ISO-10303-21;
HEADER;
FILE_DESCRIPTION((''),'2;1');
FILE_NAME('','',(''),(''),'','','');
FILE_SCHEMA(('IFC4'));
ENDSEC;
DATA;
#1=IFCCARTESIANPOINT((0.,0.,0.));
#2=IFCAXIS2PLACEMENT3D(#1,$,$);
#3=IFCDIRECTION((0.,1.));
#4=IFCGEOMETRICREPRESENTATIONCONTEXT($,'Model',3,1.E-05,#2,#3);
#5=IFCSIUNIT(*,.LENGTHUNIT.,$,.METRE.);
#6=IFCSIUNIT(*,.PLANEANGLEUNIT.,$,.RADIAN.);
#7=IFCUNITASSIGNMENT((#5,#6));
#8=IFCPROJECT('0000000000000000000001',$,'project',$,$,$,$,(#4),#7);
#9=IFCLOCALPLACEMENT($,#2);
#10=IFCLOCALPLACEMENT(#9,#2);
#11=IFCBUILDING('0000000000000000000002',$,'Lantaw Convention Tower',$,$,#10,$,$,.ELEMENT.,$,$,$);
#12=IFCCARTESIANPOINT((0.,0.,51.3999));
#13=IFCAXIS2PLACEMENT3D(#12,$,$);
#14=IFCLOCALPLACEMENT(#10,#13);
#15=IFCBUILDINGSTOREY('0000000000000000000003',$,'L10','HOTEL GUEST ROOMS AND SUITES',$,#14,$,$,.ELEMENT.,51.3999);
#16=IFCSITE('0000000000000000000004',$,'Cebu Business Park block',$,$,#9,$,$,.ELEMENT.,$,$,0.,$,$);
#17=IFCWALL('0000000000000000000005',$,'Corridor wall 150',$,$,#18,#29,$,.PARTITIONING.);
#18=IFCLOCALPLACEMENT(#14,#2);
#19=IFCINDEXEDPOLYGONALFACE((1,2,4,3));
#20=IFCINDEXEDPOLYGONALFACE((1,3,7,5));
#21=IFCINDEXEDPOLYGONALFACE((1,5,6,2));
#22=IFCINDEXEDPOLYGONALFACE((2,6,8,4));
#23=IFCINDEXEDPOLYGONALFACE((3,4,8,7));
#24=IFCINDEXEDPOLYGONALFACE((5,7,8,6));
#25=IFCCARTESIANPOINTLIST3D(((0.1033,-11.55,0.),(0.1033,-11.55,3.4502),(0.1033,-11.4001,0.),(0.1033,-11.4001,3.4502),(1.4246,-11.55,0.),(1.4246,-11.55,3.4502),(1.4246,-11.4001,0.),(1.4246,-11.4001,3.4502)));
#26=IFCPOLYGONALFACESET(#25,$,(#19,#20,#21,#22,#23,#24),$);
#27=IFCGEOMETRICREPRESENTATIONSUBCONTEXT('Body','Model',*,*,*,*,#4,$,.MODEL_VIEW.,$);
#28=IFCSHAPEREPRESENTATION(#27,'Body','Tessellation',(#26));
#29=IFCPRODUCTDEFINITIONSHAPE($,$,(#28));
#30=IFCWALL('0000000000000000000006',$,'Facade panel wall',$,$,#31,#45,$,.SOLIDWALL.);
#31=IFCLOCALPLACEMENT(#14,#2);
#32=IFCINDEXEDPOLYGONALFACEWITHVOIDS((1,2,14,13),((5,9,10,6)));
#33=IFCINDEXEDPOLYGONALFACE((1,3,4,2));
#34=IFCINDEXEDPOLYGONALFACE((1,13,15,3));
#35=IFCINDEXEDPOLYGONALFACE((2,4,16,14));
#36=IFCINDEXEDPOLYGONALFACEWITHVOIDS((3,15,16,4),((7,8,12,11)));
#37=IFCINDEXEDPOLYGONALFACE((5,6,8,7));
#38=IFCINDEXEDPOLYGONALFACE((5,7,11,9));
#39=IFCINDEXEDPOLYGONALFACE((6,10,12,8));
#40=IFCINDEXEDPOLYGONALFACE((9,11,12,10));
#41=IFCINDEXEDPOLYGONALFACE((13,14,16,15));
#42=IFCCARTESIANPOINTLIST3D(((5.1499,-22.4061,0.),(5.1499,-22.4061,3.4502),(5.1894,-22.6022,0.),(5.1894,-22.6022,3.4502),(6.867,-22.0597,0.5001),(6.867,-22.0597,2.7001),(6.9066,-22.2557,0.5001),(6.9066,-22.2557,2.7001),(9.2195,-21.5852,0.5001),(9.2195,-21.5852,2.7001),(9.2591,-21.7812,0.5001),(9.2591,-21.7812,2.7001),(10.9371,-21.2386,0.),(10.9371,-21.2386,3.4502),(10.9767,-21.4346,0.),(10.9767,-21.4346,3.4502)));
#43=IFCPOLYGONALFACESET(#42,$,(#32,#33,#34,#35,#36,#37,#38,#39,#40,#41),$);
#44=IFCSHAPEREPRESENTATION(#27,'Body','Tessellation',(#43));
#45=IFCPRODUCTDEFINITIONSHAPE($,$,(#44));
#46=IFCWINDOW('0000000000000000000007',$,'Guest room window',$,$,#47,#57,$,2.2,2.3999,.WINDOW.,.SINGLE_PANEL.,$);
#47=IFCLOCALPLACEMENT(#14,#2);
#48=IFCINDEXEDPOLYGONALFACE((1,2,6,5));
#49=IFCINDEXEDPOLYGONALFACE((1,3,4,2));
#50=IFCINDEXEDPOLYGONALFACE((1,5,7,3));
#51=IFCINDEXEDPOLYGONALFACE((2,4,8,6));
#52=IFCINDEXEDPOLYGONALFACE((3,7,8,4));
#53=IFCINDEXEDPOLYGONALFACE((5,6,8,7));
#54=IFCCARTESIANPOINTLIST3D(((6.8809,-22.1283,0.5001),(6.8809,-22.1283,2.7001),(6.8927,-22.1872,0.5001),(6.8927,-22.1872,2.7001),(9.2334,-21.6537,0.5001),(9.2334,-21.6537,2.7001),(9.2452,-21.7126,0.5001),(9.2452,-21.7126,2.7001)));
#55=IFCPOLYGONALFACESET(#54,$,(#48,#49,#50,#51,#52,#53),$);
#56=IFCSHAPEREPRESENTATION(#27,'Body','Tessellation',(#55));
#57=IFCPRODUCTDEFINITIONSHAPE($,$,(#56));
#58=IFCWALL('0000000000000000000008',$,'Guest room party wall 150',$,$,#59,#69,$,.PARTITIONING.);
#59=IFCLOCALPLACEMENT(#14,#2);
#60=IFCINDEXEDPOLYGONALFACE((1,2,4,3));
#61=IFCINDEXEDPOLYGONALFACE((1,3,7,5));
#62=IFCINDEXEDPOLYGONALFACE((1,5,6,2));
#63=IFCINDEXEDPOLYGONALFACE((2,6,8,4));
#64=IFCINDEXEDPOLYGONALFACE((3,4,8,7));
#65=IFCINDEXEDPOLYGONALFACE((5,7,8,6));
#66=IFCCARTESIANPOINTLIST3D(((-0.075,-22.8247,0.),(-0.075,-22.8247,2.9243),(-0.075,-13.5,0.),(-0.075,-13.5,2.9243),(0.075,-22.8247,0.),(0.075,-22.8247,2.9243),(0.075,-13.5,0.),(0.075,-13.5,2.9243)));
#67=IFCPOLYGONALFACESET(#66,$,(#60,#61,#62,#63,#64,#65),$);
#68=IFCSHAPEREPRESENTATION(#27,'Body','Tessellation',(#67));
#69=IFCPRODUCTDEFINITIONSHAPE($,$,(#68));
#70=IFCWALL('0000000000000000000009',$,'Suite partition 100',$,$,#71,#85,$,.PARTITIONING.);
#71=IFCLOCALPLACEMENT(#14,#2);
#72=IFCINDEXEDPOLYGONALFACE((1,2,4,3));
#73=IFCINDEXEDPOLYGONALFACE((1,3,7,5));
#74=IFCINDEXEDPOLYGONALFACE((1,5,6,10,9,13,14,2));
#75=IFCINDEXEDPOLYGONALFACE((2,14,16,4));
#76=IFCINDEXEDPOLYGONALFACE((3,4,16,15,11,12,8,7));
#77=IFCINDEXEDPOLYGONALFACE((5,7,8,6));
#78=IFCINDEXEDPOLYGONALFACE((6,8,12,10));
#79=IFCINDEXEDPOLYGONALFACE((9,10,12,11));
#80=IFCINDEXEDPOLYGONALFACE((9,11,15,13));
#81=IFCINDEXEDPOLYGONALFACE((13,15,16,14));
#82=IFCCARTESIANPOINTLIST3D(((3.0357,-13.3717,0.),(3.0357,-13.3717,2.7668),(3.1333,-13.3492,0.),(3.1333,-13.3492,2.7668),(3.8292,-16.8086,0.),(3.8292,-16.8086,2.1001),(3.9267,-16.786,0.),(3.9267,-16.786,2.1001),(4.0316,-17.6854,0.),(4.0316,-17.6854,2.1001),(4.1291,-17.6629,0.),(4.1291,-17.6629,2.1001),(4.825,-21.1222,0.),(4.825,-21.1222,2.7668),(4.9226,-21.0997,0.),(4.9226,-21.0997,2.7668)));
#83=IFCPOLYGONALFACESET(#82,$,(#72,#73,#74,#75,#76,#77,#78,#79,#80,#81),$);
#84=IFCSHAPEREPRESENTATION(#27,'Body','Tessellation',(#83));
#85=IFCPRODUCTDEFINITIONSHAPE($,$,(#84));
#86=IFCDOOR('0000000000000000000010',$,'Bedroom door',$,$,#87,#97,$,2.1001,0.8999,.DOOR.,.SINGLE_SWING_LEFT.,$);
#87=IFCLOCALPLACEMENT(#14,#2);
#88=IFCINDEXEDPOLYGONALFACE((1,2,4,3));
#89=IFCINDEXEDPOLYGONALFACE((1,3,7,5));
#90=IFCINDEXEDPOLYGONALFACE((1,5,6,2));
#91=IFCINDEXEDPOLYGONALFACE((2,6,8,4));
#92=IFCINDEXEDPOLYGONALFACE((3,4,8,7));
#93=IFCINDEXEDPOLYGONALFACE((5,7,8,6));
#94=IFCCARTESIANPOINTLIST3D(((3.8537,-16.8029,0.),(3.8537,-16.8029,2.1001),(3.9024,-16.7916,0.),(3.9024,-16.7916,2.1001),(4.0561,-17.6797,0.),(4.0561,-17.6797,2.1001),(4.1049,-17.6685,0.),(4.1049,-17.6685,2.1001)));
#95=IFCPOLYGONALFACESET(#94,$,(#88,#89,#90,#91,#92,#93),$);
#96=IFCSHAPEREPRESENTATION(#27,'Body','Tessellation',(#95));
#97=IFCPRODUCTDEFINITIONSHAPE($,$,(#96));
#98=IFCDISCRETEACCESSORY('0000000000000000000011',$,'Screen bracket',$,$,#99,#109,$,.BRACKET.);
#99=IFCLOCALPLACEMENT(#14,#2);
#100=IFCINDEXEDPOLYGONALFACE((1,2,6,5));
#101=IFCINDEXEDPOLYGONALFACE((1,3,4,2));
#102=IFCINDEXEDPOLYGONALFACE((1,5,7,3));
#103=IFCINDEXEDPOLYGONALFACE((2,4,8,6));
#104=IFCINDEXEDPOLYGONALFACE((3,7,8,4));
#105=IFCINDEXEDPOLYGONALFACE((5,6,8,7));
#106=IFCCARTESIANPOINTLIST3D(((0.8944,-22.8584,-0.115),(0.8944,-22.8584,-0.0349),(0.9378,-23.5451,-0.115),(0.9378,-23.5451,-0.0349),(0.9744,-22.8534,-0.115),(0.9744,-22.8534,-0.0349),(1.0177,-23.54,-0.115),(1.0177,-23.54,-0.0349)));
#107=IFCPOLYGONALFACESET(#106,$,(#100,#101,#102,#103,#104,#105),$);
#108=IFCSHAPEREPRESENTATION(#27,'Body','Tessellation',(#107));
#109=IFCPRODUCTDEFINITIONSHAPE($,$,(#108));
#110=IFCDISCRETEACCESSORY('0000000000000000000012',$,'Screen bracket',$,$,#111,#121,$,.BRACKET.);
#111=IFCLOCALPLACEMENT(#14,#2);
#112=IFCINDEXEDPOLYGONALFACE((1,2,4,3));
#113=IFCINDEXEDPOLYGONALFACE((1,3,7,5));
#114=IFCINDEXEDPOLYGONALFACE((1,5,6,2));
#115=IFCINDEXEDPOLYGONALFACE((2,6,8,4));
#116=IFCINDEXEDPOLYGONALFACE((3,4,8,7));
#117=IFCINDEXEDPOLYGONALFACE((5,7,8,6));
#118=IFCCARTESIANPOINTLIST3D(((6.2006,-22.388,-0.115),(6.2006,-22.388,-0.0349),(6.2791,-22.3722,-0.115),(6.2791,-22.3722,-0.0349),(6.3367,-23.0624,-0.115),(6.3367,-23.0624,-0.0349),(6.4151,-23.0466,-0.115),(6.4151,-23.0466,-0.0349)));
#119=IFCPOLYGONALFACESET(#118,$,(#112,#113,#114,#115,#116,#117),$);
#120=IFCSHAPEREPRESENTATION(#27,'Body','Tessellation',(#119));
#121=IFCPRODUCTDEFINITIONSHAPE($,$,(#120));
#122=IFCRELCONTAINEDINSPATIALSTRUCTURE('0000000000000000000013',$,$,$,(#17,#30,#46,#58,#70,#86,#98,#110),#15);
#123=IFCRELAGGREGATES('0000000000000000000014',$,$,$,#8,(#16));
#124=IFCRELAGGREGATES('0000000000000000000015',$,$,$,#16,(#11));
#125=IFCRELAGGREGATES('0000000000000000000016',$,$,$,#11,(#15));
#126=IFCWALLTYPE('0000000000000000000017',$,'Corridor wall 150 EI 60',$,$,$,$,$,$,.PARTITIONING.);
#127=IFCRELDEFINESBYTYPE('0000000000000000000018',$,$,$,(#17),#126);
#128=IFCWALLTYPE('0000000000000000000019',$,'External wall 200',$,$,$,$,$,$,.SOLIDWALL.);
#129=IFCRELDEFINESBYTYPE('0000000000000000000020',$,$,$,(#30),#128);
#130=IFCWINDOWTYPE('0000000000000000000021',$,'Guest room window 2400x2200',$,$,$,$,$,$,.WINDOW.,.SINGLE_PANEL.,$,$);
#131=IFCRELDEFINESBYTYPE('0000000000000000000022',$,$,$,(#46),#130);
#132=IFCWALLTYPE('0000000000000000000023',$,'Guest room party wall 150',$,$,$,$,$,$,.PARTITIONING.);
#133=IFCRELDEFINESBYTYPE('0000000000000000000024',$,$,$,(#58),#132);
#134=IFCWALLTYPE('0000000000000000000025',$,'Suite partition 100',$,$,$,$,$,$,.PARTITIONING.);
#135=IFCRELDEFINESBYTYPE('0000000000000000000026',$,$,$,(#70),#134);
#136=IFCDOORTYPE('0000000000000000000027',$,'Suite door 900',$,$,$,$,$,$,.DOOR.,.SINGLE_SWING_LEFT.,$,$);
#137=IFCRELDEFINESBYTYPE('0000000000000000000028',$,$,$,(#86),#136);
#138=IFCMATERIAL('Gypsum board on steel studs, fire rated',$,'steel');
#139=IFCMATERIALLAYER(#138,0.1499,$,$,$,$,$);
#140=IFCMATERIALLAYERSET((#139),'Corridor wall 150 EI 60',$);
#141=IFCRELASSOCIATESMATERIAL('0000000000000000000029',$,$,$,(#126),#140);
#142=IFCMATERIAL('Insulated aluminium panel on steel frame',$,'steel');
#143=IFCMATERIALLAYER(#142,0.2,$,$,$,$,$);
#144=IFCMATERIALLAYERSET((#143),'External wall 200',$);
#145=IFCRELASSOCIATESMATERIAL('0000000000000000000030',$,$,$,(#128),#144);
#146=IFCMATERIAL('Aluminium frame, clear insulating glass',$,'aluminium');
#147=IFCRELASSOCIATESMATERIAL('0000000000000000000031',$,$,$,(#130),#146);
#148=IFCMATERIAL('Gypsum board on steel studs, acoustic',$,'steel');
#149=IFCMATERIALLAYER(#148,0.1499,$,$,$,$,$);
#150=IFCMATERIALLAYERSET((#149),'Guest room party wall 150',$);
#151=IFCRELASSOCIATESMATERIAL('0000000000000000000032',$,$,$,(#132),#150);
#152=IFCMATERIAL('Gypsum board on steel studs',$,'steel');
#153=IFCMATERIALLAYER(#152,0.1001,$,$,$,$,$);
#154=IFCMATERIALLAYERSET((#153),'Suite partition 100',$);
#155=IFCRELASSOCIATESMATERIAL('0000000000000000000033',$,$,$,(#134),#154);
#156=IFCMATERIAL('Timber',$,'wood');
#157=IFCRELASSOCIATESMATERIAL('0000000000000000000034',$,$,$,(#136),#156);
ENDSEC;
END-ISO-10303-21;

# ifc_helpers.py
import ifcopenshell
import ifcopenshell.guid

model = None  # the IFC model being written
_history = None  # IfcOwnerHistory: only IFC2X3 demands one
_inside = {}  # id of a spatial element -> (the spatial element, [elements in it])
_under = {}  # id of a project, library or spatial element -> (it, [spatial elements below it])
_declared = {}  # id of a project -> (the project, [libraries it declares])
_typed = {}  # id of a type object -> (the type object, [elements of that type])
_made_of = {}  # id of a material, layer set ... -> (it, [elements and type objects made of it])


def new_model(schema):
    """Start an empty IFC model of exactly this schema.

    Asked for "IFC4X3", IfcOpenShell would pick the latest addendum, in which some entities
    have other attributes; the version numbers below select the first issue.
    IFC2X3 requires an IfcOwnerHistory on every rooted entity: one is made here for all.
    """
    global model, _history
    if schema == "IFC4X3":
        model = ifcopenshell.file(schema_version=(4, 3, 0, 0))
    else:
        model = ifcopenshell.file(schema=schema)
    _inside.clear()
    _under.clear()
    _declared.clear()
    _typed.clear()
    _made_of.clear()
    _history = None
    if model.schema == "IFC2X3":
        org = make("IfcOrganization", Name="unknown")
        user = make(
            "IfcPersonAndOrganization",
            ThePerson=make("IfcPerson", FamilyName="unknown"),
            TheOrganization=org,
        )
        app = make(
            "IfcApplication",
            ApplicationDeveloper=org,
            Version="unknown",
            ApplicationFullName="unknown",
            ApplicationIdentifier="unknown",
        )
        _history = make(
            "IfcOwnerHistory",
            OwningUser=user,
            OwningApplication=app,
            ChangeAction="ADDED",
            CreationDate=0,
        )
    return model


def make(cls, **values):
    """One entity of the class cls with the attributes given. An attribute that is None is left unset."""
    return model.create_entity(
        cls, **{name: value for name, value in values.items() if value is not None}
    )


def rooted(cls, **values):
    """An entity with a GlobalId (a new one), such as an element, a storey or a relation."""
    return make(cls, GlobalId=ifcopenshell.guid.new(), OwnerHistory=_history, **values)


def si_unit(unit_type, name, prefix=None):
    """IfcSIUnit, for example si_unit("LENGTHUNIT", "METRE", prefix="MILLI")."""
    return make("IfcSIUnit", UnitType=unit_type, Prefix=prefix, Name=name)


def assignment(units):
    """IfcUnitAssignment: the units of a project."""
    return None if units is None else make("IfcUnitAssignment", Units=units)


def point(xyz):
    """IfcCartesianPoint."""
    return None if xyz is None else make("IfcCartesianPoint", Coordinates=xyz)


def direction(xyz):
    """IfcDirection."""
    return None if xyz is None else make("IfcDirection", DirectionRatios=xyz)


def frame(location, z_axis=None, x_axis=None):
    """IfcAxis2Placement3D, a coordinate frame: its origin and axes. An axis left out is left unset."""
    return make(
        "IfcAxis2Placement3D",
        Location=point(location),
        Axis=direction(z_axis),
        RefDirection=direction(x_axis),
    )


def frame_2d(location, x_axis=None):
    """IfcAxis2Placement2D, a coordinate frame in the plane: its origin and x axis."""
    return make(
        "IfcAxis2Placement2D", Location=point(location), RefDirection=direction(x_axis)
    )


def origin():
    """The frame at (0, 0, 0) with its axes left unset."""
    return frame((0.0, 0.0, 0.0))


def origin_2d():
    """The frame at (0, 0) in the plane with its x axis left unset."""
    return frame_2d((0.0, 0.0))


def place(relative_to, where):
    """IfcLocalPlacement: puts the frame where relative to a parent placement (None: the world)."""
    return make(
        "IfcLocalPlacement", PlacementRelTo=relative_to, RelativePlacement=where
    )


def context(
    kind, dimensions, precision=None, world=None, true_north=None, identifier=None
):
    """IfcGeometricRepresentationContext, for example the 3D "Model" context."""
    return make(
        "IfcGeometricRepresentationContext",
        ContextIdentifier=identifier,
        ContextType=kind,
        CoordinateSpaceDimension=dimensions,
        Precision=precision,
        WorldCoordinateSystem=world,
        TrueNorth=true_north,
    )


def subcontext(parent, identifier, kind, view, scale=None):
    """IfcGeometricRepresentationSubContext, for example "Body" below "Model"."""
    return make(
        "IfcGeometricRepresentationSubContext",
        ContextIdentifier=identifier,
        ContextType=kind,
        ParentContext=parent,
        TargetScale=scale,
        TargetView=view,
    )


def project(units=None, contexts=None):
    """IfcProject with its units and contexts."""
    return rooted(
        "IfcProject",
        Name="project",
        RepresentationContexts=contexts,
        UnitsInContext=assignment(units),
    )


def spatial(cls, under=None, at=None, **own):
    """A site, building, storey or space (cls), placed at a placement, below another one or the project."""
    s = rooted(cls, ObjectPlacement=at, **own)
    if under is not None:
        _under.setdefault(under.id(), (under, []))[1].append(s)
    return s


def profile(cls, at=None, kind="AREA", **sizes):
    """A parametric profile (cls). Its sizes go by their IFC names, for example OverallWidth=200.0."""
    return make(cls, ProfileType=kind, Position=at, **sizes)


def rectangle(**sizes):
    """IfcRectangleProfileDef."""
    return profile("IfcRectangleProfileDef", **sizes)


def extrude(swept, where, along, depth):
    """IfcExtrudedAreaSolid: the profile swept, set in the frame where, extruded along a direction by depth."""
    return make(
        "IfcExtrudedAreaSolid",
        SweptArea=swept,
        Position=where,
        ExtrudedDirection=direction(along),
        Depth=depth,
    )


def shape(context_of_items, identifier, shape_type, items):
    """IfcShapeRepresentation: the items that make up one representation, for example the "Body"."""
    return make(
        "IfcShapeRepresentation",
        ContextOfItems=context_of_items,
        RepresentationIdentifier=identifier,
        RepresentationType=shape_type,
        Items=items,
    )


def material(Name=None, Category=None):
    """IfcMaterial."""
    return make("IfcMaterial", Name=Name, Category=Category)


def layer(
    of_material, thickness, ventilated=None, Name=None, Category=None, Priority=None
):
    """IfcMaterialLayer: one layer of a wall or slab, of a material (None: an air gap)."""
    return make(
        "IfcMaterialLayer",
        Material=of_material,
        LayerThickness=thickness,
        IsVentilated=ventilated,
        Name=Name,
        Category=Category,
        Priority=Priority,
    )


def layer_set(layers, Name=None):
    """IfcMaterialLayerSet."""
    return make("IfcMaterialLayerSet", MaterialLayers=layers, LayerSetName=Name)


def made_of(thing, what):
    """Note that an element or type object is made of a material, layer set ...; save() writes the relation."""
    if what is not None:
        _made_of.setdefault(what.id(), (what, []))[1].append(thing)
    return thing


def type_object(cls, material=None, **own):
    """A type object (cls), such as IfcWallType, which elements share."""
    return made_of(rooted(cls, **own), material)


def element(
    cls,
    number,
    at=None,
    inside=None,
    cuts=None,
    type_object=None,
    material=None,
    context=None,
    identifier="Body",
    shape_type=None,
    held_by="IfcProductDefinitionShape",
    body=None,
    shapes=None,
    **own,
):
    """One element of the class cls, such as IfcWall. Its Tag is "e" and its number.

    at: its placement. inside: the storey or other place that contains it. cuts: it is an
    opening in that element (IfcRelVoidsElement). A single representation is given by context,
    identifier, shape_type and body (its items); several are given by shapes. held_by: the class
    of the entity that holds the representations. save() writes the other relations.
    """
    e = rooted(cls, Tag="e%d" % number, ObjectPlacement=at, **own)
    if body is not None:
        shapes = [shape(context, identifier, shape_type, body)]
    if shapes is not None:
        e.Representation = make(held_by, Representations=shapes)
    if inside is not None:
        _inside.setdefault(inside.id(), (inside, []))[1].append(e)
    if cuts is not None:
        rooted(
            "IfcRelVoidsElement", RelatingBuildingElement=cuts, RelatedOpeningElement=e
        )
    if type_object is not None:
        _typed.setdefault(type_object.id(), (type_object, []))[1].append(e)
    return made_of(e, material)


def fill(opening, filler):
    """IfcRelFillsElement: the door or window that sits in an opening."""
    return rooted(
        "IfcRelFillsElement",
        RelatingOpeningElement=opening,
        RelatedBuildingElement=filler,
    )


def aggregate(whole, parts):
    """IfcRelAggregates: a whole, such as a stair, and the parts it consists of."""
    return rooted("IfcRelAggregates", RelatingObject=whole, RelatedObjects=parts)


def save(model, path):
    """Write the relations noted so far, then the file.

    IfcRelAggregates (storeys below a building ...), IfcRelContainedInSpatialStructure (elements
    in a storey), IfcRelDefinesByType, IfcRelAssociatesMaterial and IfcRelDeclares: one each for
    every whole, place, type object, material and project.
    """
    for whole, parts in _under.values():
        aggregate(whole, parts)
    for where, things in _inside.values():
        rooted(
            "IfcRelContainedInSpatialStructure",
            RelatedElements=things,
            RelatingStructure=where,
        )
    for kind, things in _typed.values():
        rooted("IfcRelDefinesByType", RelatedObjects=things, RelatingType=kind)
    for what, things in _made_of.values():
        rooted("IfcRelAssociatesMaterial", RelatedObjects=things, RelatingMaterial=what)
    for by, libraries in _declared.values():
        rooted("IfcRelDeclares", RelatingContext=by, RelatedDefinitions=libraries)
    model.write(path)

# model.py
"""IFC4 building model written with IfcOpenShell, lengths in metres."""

from ifc_helpers import new_model, si_unit, direction, frame, frame_2d, origin, origin_2d, place, context, subcontext, project, spatial, rectangle, extrude, material, layer, layer_set, type_object, element, fill, save


model = new_model("IFC4")

# Units and contexts
model_context = context("Model", 3, precision=1e-05, world=origin(), true_north=direction((0.0, 1.0)))
body_context = subcontext(model_context, "Body", "Model", "MODEL_VIEW")
ifc_project = project(units=[si_unit("LENGTHUNIT", "METRE"), si_unit("PLANEANGLEUNIT", "RADIAN")], contexts=[model_context])

# Site, building, storey
site_placement = place(None, origin())
site = spatial("IfcSite", under=ifc_project, at=site_placement, Name="Cebu Business Park block", CompositionType="ELEMENT", RefElevation=0.0)
building_placement = place(site_placement, origin())
building = spatial("IfcBuilding", under=site, at=building_placement, Name="Lantaw Convention Tower", CompositionType="ELEMENT")
storey_placement = place(building_placement, frame((0.0, 0.0, 51.3999)))
storey = spatial("IfcBuildingStorey", under=building, at=storey_placement, Name="L10", Description="HOTEL GUEST ROOMS AND SUITES", CompositionType="ELEMENT", Elevation=51.3999)

# Shared definitions
ifc_material_1 = material(Name="Timber", Category="wood")

# Shared definitions
ifc_material_2 = material(Name="Gypsum board on steel studs, fire rated", Category="steel")
ifc_layer_1 = layer(ifc_material_2, 0.1499)
ifc_layer_set_1 = layer_set([ifc_layer_1], Name="Corridor wall 150 EI 60")
wall_type_1 = type_object("IfcWallType", Name="Corridor wall 150 EI 60", PredefinedType="PARTITIONING", material=ifc_layer_set_1)

# Wall
wall_1_placement = place(storey_placement, frame((0.1033, -11.4751, 0.0), z_axis=(0.0, 0.0, 1.0), x_axis=(1.0, 0.0, 0.0)))
element("IfcWall", 1, at=wall_1_placement, inside=storey, type_object=wall_type_1, Name="Corridor wall 150", PredefinedType="PARTITIONING", context=body_context, shape_type="SweptSolid", body=[
    extrude(rectangle(XDim=1.3213, YDim=0.1499, at=frame_2d((0.6606, 0.0))), origin(), (0.0, 0.0, 1.0), 3.4502),
])

# Wall, opening, window
ifc_material_3 = material(Name="Insulated aluminium panel on steel frame", Category="steel")
ifc_layer_2 = layer(ifc_material_3, 0.2)
ifc_layer_set_2 = layer_set([ifc_layer_2], Name="External wall 200")
wall_type_2 = type_object("IfcWallType", Name="External wall 200", PredefinedType="SOLIDWALL", material=ifc_layer_set_2)
wall_2_placement = place(storey_placement, frame((5.1697, -22.5042, 0.0), z_axis=(0.0, 0.0, 1.0), x_axis=(0.980252, 0.197754, 0.0)))
wall_2 = element("IfcWall", 2, at=wall_2_placement, inside=storey, type_object=wall_type_2, Name="Facade panel wall", PredefinedType="SOLIDWALL", context=body_context, shape_type="SweptSolid", body=[
    extrude(rectangle(XDim=5.9038, YDim=0.2, at=frame_2d((2.9519, 0.0))), origin(), (0.0, 0.0, 1.0), 3.4502),
])
opening_1_placement = place(wall_2_placement, frame((1.7517, 0.0, 0.5)))
opening_1 = element("IfcOpeningElement", 3, at=opening_1_placement, cuts=wall_2, PredefinedType="OPENING", context=body_context, shape_type="SweptSolid", body=[
    extrude(rectangle(XDim=2.3999, YDim=2.2, at=frame_2d((1.2, 1.1001))), frame((0.0, 0.1099, 0.0), z_axis=(0.0, -1.0, 0.0), x_axis=(1.0, 0.0, 0.0)), (0.0, 0.0, 1.0), 0.22),
])
ifc_material_4 = material(Name="Aluminium frame, clear insulating glass", Category="aluminium")
window_type = type_object("IfcWindowType", Name="Guest room window 2400x2200", PartitioningType="SINGLE_PANEL", PredefinedType="WINDOW", material=ifc_material_4)
window_placement = place(opening_1_placement, origin())
window = element("IfcWindow", 4, at=window_placement, inside=storey, type_object=window_type, Name="Guest room window", OverallHeight=2.2, OverallWidth=2.3999, PartitioningType="SINGLE_PANEL", PredefinedType="WINDOW", context=body_context, shape_type="SweptSolid", body=[
    extrude(rectangle(XDim=2.3999, YDim=2.2, at=frame_2d((1.2, 1.1001))), frame((0.0, 0.03, 0.0), z_axis=(0.0, -1.0, 0.0), x_axis=(1.0, 0.0, 0.0)), (0.0, 0.0, 1.0), 0.0601),
])
fill(opening_1, window)

# Wall
ifc_material_5 = material(Name="Gypsum board on steel studs, acoustic", Category="steel")
ifc_layer_3 = layer(ifc_material_5, 0.1499)
ifc_layer_set_3 = layer_set([ifc_layer_3], Name="Guest room party wall 150")
wall_type_3 = type_object("IfcWallType", Name="Guest room party wall 150", PredefinedType="PARTITIONING", material=ifc_layer_set_3)
wall_3_placement = place(storey_placement, frame((0.0, -22.8247, 0.0), z_axis=(0.0, 0.0, 1.0), x_axis=(0.0, 1.0, 0.0)))
element("IfcWall", 5, at=wall_3_placement, inside=storey, type_object=wall_type_3, Name="Guest room party wall 150", PredefinedType="PARTITIONING", context=body_context, shape_type="SweptSolid", body=[
    extrude(rectangle(XDim=9.3247, YDim=0.1499, at=frame_2d((4.6624, 0.0))), origin(), (0.0, 0.0, 1.0), 2.9243),
])

# Wall, opening, door
ifc_material_6 = material(Name="Gypsum board on steel studs", Category="steel")
ifc_layer_4 = layer(ifc_material_6, 0.1001)
ifc_layer_set_4 = layer_set([ifc_layer_4], Name="Suite partition 100")
wall_type_4 = type_object("IfcWallType", Name="Suite partition 100", PredefinedType="PARTITIONING", material=ifc_layer_set_4)
wall_4_placement = place(storey_placement, frame((4.8738, -21.1108, 0.0), z_axis=(0.0, 0.0, 1.0), x_axis=(-0.224947, 0.974371, 0.0)))
wall_4 = element("IfcWall", 6, at=wall_4_placement, inside=storey, type_object=wall_type_4, Name="Suite partition 100", PredefinedType="PARTITIONING", context=body_context, shape_type="SweptSolid", body=[
    extrude(rectangle(XDim=7.9543, YDim=0.1001, at=frame_2d((3.9771, 0.0))), origin(), (0.0, 0.0, 1.0), 2.7668),
])
opening_2_placement = place(wall_4_placement, frame((3.5271, 0.0, 0.0)))
opening_2 = element("IfcOpeningElement", 7, at=opening_2_placement, cuts=wall_4, PredefinedType="OPENING", context=body_context, shape_type="SweptSolid", body=[
    extrude(rectangle(XDim=0.8999, YDim=2.1001, at=frame_2d((0.45, 1.05))), frame((0.0, 0.0601, 0.0), z_axis=(0.0, -1.0, 0.0), x_axis=(1.0, 0.0, 0.0)), (0.0, 0.0, 1.0), 0.1201),
])
door_type_1 = type_object("IfcDoorType", Name="Suite door 900", OperationType="SINGLE_SWING_LEFT", PredefinedType="DOOR", material=ifc_material_1)
door_1_placement = place(opening_2_placement, origin())
door_1 = element("IfcDoor", 8, at=door_1_placement, inside=storey, type_object=door_type_1, Name="Bedroom door", OperationType="SINGLE_SWING_LEFT", OverallHeight=2.1001, OverallWidth=0.8999, PredefinedType="DOOR", context=body_context, shape_type="SweptSolid", body=[
    extrude(rectangle(XDim=0.8999, YDim=2.1001, at=frame_2d((0.45, 1.05))), frame((0.0, 0.0249, 0.0), z_axis=(0.0, -1.0, 0.0), x_axis=(1.0, 0.0, 0.0)), (0.0, 0.0, 1.0), 0.05),
])
fill(opening_2, door_1)

# Discrete accessories
for number, where, z_axis, x_axis, name in (
    (9, (0.9561, -23.1992, -0.115), (0.0, 0.0, 1.0), (0.998016, 0.062958, 0.0), "Screen bracket"),
    (10, (6.3079, -22.7173, -0.115), (0.0, 0.0, 1.0), (0.980245, 0.197789, 0.0), "Screen bracket"),
):
    element("IfcDiscreteAccessory", number, at=place(storey_placement, frame(where, z_axis=z_axis, x_axis=x_axis)), inside=storey, Name=name, PredefinedType="BRACKET", context=body_context, shape_type="SweptSolid", body=[
        extrude(rectangle(XDim=0.0801, YDim=0.688, at=origin_2d()), origin(), (0.0, 0.0, 1.0), 0.0801),
    ])

save(model, "model.ifc")
